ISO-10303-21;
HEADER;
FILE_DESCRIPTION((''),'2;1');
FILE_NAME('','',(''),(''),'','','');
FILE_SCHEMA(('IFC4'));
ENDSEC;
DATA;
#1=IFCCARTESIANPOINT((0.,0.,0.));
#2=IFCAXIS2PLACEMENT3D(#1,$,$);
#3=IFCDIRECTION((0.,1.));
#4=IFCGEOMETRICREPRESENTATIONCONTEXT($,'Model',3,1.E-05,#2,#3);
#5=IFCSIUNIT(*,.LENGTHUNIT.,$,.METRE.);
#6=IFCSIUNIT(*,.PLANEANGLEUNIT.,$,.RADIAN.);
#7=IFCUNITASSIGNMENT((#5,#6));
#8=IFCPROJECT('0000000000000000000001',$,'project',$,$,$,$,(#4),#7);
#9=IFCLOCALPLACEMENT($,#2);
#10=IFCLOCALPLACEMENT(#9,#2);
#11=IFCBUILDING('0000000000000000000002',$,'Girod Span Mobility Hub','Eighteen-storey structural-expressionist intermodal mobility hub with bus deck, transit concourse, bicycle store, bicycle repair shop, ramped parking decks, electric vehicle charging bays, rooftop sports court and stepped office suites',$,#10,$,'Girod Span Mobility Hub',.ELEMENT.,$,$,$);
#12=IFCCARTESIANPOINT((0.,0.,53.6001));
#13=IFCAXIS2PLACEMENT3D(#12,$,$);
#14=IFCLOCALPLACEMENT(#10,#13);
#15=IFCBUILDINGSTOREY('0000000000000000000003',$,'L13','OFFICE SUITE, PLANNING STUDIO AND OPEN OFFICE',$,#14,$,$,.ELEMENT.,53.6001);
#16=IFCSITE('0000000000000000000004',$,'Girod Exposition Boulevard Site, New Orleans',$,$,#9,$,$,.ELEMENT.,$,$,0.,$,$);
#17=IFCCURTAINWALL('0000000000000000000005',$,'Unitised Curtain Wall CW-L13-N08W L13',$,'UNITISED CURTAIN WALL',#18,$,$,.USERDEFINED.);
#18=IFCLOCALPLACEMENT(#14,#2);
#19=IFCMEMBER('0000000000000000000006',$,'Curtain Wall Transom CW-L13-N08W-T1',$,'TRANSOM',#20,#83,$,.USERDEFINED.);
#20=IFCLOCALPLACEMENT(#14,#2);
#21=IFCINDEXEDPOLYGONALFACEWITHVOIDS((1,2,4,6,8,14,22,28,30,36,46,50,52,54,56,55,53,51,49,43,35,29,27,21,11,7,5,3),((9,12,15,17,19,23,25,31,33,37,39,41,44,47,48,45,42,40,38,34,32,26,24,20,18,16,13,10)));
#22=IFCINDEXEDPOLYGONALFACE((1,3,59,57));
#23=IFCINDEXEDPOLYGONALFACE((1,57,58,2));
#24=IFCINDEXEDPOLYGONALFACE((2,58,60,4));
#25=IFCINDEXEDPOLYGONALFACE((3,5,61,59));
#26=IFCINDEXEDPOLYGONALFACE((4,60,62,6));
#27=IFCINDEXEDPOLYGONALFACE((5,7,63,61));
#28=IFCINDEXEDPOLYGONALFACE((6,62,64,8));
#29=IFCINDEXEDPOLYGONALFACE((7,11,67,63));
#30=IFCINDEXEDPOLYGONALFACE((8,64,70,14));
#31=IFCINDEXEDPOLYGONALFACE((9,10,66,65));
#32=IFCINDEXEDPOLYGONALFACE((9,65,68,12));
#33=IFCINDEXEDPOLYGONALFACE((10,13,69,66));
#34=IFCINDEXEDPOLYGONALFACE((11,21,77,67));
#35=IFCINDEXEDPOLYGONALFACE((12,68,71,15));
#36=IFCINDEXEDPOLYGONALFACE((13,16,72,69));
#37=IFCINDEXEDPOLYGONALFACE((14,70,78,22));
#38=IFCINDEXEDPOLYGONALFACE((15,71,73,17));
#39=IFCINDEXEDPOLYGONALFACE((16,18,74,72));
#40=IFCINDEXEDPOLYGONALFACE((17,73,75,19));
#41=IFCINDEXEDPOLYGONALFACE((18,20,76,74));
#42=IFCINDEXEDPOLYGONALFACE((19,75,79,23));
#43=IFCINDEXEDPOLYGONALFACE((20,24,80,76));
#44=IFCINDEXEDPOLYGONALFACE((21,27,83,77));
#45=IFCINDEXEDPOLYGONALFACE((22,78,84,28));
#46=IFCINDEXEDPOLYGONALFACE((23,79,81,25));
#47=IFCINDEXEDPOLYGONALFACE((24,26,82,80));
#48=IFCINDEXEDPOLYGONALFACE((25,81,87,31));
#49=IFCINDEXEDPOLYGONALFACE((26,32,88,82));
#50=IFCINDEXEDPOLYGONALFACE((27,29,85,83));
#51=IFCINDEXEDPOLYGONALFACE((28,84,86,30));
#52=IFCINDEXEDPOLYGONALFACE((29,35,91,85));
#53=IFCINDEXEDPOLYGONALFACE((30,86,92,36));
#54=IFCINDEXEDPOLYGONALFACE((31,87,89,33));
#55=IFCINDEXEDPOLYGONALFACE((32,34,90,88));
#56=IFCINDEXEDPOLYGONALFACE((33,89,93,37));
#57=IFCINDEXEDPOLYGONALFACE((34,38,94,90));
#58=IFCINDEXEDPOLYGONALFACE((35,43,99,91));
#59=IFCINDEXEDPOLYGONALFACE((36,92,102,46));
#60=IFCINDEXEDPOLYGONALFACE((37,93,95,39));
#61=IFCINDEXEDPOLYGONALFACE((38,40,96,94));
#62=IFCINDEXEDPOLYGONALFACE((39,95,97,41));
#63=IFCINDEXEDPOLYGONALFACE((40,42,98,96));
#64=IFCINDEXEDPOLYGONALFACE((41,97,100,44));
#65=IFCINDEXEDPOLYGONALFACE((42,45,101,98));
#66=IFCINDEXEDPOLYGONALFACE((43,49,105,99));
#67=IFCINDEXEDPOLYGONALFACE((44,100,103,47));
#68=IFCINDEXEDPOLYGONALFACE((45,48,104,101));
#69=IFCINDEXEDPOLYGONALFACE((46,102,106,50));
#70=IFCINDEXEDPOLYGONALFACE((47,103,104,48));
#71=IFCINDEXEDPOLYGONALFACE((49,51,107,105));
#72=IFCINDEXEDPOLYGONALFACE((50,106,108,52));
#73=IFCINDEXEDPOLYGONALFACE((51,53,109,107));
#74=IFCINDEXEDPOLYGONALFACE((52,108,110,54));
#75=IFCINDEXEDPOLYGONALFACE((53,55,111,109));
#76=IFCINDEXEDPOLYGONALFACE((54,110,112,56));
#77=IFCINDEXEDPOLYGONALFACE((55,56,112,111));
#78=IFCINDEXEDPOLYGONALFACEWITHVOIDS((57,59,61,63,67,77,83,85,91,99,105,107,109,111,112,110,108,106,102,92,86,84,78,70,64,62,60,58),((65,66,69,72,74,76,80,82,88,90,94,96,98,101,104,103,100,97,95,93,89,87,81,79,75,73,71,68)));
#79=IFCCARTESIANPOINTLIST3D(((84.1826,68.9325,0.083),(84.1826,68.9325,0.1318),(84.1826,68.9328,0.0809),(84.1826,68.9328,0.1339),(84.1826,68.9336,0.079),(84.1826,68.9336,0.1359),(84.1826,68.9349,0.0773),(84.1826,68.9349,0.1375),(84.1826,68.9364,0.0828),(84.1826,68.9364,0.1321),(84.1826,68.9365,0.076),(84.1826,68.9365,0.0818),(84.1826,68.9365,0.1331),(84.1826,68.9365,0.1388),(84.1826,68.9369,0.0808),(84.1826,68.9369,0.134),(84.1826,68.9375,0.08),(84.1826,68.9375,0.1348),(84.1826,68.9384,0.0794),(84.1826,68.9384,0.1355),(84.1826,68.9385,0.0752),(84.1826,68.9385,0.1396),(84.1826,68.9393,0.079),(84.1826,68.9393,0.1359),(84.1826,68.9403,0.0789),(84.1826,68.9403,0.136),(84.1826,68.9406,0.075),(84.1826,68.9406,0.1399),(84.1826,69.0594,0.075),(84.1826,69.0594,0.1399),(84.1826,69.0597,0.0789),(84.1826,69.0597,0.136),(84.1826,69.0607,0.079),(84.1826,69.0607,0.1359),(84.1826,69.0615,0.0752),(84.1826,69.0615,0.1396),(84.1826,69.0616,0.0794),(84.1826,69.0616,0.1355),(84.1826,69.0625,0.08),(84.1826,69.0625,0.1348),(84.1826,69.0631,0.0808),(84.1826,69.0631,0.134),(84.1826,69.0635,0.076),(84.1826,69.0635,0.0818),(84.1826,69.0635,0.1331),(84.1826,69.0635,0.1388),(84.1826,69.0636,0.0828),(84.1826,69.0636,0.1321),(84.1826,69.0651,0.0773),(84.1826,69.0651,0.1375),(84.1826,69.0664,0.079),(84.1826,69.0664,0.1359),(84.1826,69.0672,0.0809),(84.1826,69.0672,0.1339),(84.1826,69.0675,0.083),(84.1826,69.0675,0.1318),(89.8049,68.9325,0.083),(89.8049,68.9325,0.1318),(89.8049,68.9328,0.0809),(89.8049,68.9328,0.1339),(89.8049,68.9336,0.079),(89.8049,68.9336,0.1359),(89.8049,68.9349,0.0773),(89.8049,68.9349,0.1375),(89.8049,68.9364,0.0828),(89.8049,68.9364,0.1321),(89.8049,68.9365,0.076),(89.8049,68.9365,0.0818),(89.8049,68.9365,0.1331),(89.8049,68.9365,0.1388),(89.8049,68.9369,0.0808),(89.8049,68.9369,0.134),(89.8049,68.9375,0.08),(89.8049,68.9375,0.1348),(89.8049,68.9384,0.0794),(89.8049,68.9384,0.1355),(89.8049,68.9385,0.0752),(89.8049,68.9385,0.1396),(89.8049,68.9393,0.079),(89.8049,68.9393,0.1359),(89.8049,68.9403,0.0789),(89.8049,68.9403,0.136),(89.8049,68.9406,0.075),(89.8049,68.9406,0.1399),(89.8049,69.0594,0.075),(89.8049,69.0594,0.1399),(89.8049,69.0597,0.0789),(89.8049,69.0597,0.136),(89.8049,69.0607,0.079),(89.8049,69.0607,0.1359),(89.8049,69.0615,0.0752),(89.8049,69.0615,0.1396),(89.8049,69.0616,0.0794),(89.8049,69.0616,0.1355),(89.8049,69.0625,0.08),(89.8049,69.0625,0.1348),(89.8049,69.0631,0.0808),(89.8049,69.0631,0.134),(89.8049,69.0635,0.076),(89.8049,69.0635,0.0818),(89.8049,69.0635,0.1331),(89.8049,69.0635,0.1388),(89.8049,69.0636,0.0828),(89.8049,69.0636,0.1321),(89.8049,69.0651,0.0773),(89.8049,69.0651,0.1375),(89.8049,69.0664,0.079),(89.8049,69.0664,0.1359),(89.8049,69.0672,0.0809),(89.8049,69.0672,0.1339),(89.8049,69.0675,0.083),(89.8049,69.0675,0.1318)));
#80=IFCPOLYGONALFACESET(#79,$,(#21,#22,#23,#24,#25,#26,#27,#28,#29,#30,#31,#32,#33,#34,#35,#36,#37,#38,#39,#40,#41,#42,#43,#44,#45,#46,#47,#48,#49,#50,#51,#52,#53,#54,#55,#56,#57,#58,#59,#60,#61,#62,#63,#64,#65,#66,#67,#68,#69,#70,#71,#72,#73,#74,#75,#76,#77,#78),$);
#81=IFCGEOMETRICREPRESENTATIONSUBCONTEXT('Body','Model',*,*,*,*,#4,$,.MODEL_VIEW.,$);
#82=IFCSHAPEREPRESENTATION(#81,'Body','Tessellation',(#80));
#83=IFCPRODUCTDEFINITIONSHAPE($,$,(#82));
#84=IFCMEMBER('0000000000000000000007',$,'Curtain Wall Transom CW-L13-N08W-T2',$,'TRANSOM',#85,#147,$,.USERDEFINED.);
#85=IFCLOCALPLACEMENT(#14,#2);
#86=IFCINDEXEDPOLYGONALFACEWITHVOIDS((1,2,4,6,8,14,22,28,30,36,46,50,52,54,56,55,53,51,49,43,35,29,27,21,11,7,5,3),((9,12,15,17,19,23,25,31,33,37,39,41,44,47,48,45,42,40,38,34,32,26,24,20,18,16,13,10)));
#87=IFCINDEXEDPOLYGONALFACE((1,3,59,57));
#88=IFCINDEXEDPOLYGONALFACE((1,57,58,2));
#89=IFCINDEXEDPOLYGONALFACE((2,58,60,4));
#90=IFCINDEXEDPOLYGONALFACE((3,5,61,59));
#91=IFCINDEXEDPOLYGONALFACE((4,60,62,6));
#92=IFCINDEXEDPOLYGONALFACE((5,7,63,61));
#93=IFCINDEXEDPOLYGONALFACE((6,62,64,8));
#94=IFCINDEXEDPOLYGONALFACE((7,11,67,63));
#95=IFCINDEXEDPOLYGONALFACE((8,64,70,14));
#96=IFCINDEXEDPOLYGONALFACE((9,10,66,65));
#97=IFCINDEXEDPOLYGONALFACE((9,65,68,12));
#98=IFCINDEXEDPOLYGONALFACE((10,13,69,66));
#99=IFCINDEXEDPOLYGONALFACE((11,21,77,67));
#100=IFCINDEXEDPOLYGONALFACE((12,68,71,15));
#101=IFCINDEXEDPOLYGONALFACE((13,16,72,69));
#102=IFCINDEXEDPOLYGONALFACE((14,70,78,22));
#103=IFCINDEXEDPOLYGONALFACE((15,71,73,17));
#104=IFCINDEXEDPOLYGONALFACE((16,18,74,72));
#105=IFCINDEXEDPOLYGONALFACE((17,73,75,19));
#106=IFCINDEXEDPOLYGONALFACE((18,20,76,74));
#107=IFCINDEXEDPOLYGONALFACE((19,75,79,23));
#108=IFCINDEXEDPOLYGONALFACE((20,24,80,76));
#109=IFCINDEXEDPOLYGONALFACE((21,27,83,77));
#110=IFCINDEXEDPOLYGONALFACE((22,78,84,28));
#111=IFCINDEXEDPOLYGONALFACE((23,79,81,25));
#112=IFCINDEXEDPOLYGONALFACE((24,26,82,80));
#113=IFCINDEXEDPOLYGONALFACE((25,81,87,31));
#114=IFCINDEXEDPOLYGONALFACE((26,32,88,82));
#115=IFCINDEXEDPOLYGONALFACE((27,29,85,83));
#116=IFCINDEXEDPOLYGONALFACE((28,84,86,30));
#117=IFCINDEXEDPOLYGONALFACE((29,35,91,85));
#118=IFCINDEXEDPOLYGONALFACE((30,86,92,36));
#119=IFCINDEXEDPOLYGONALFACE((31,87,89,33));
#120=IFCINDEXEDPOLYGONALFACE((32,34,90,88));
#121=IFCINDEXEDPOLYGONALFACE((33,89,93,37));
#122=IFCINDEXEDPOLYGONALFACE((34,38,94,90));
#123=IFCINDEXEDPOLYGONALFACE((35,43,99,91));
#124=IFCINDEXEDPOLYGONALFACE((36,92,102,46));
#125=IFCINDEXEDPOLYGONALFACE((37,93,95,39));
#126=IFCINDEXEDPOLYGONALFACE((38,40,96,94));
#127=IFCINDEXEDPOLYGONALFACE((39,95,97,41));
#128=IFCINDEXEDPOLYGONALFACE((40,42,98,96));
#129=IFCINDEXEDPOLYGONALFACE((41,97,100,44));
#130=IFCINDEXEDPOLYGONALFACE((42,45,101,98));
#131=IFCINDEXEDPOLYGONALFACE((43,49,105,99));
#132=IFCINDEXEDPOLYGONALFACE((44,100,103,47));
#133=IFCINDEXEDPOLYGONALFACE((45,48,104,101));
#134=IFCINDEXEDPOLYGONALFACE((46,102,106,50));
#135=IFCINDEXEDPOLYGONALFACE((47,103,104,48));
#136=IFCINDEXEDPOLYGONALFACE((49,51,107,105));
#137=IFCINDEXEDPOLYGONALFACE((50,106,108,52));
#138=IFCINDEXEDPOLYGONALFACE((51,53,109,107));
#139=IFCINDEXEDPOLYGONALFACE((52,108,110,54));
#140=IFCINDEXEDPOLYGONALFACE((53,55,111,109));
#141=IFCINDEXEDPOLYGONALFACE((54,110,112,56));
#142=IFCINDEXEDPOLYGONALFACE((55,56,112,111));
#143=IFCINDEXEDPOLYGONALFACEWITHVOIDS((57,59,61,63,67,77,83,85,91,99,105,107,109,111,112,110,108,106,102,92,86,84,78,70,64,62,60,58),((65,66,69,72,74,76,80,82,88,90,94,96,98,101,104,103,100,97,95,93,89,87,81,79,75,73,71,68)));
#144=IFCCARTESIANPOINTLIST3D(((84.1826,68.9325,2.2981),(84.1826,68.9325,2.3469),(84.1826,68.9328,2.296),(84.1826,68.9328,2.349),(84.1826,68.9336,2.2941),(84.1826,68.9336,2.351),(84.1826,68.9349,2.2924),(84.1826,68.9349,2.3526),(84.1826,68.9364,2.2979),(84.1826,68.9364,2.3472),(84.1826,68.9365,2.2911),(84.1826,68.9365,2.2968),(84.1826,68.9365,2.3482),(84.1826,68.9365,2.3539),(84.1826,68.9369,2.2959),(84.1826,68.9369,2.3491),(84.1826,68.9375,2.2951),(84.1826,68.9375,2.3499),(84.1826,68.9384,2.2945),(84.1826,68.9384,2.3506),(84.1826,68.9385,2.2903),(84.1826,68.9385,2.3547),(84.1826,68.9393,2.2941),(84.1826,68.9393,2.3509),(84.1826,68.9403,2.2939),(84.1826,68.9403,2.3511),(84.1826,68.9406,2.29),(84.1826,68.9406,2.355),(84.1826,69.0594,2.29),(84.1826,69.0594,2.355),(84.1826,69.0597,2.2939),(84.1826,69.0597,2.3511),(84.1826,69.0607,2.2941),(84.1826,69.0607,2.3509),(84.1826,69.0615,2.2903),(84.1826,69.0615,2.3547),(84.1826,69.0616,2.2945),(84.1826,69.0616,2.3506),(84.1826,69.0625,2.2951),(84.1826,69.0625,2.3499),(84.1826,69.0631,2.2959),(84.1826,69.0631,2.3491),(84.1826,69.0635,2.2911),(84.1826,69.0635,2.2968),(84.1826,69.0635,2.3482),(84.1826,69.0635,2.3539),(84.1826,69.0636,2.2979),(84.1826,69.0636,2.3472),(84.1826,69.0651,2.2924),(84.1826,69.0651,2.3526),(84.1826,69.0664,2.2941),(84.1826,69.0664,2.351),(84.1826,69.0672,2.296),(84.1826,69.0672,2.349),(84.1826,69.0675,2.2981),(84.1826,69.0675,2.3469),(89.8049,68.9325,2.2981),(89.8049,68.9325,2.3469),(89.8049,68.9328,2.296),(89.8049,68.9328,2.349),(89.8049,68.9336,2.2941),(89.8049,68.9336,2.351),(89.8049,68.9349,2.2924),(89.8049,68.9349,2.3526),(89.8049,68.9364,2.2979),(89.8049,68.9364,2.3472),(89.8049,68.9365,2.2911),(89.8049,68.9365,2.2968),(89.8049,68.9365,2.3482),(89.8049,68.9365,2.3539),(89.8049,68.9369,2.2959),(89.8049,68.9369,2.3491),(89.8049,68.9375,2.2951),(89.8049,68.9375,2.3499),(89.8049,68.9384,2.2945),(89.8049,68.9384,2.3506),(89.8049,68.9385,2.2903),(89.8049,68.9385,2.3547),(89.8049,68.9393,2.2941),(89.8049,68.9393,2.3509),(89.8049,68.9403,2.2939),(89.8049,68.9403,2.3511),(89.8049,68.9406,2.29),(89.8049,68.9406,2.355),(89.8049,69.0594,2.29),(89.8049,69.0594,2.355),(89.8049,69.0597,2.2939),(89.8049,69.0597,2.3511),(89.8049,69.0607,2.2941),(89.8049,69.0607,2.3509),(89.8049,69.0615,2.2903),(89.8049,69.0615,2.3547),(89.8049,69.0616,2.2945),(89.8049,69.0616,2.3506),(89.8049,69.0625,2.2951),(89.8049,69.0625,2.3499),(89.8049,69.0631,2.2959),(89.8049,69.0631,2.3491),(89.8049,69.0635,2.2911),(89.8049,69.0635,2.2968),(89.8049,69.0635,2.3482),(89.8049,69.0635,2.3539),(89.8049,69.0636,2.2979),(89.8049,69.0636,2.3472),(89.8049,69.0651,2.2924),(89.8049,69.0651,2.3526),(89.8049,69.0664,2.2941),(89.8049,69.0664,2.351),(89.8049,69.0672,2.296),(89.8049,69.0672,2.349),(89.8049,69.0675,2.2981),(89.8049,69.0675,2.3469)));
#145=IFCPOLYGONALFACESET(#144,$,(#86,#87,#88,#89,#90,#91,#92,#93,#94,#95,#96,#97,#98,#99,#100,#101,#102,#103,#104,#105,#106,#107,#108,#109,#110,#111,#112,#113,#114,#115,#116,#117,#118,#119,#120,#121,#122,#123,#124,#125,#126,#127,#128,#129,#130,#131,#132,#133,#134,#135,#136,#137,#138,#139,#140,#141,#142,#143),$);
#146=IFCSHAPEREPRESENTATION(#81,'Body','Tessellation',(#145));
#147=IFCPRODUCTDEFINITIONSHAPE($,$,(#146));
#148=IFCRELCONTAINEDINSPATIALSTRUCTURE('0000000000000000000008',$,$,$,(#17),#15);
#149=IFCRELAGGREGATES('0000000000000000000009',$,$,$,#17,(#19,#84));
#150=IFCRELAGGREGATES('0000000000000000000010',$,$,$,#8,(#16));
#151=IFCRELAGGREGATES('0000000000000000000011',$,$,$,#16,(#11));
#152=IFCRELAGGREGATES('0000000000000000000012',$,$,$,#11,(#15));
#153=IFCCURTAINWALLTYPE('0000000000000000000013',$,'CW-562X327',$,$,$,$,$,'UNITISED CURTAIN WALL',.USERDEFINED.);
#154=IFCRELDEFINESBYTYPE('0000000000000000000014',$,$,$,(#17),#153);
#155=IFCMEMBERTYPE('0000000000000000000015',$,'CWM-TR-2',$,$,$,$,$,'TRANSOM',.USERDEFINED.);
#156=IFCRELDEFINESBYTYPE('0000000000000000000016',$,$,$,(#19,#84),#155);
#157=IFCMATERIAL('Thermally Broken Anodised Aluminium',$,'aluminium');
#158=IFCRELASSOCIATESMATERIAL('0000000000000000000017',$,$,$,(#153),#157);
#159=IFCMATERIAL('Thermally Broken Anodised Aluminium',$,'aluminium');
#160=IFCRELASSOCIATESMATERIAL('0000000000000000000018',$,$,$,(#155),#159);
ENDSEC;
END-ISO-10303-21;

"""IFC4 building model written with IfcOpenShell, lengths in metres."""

from ifc_helpers import new_model, si_unit, direction, frame, origin, origin_2d, place, context, subcontext, project, spatial, hollow_rectangle, extrude, material, material_profile, profile_set, type_object, element, aggregate, save


model = new_model("IFC4")

# Units and contexts
model_context = context("Model", 3, precision=1e-05, world=origin(), true_north=direction((0.0, 1.0)))
body_context = subcontext(model_context, "Body", "Model", "MODEL_VIEW")
ifc_project = project(units=[si_unit("LENGTHUNIT", "METRE"), si_unit("PLANEANGLEUNIT", "RADIAN")], contexts=[model_context])

# Site, building, storey
site_placement = place(None, origin())
site = spatial("IfcSite", under=ifc_project, at=site_placement, Name="Girod Exposition Boulevard Site, New Orleans", CompositionType="ELEMENT", RefElevation=0.0)
building_placement = place(site_placement, origin())
building = spatial("IfcBuilding", under=site, at=building_placement, Name="Girod Span Mobility Hub", Description="Eighteen-storey structural-expressionist intermodal mobility hub with bus deck, transit concourse, bicycle store, bicycle repair shop, ramped parking decks, electric vehicle charging bays, rooftop sports court and stepped office suites", LongName="Girod Span Mobility Hub", CompositionType="ELEMENT")
storey_placement = place(building_placement, frame((0.0, 0.0, 53.6001)))
storey = spatial("IfcBuildingStorey", under=building, at=storey_placement, Name="L13", Description="OFFICE SUITE, PLANNING STUDIO AND OPEN OFFICE", CompositionType="ELEMENT", Elevation=53.6001)

# Curtain wall
ifc_material_1 = material(Name="Thermally Broken Anodised Aluminium", Category="aluminium")
curtain_wall_type = type_object("IfcCurtainWallType", Name="CW-562X327", ElementType="UNITISED CURTAIN WALL", PredefinedType="USERDEFINED", material=ifc_material_1)
curtain_wall_1_placement = place(storey_placement, origin())
curtain_wall_1 = element("IfcCurtainWall", 1, at=curtain_wall_1_placement, inside=storey, type_object=curtain_wall_type, Name="Unitised Curtain Wall CW-L13-N08W L13", ObjectType="UNITISED CURTAIN WALL", PredefinedType="USERDEFINED")

# Members
ifc_material_2 = material(Name="Thermally Broken Anodised Aluminium", Category="aluminium")
ifc_material_profile_1 = material_profile(ifc_material_2, hollow_rectangle(XDim=0.135, YDim=0.0649, WallThickness=0.0039, InnerFilletRadius=0.0039, OuterFilletRadius=0.0081, at=origin_2d()), Name="CW-TR-65X135")
ifc_profile_set_1 = profile_set([ifc_material_profile_1], Name="Thermally Broken Anodised Aluminium")
member_type_1 = type_object("IfcMemberType", Name="CWM-TR-2", ElementType="TRANSOM", PredefinedType="USERDEFINED", material=ifc_profile_set_1)
member_1_placement = place(storey_placement, frame((84.1826, 69.0, 0.1074), z_axis=(1.0, 0.0, 0.0), x_axis=(0.0, 1.0, 0.0)))
member_1 = element("IfcMember", 2, at=member_1_placement, type_object=member_type_1, Name="Curtain Wall Transom CW-L13-N08W-T1", ObjectType="TRANSOM", PredefinedType="USERDEFINED", context=body_context, shape_type="SweptSolid", body=[
    extrude(hollow_rectangle(XDim=0.135, YDim=0.0649, WallThickness=0.0039, InnerFilletRadius=0.0039, OuterFilletRadius=0.0081, at=origin_2d()), origin(), (0.0, 0.0, 1.0), 5.6223),
])
member_2_placement = place(storey_placement, frame((84.1826, 69.0, 2.3225), z_axis=(1.0, 0.0, 0.0), x_axis=(0.0, 1.0, 0.0)))
member_2 = element("IfcMember", 3, at=member_2_placement, type_object=member_type_1, Name="Curtain Wall Transom CW-L13-N08W-T2", ObjectType="TRANSOM", PredefinedType="USERDEFINED", context=body_context, shape_type="SweptSolid", body=[
    extrude(hollow_rectangle(XDim=0.135, YDim=0.0649, WallThickness=0.0039, InnerFilletRadius=0.0039, OuterFilletRadius=0.0081, at=origin_2d()), origin(), (0.0, 0.0, 1.0), 5.6223),
])

aggregate(curtain_wall_1, [member_1, member_2])

save(model, "model.ifc")
